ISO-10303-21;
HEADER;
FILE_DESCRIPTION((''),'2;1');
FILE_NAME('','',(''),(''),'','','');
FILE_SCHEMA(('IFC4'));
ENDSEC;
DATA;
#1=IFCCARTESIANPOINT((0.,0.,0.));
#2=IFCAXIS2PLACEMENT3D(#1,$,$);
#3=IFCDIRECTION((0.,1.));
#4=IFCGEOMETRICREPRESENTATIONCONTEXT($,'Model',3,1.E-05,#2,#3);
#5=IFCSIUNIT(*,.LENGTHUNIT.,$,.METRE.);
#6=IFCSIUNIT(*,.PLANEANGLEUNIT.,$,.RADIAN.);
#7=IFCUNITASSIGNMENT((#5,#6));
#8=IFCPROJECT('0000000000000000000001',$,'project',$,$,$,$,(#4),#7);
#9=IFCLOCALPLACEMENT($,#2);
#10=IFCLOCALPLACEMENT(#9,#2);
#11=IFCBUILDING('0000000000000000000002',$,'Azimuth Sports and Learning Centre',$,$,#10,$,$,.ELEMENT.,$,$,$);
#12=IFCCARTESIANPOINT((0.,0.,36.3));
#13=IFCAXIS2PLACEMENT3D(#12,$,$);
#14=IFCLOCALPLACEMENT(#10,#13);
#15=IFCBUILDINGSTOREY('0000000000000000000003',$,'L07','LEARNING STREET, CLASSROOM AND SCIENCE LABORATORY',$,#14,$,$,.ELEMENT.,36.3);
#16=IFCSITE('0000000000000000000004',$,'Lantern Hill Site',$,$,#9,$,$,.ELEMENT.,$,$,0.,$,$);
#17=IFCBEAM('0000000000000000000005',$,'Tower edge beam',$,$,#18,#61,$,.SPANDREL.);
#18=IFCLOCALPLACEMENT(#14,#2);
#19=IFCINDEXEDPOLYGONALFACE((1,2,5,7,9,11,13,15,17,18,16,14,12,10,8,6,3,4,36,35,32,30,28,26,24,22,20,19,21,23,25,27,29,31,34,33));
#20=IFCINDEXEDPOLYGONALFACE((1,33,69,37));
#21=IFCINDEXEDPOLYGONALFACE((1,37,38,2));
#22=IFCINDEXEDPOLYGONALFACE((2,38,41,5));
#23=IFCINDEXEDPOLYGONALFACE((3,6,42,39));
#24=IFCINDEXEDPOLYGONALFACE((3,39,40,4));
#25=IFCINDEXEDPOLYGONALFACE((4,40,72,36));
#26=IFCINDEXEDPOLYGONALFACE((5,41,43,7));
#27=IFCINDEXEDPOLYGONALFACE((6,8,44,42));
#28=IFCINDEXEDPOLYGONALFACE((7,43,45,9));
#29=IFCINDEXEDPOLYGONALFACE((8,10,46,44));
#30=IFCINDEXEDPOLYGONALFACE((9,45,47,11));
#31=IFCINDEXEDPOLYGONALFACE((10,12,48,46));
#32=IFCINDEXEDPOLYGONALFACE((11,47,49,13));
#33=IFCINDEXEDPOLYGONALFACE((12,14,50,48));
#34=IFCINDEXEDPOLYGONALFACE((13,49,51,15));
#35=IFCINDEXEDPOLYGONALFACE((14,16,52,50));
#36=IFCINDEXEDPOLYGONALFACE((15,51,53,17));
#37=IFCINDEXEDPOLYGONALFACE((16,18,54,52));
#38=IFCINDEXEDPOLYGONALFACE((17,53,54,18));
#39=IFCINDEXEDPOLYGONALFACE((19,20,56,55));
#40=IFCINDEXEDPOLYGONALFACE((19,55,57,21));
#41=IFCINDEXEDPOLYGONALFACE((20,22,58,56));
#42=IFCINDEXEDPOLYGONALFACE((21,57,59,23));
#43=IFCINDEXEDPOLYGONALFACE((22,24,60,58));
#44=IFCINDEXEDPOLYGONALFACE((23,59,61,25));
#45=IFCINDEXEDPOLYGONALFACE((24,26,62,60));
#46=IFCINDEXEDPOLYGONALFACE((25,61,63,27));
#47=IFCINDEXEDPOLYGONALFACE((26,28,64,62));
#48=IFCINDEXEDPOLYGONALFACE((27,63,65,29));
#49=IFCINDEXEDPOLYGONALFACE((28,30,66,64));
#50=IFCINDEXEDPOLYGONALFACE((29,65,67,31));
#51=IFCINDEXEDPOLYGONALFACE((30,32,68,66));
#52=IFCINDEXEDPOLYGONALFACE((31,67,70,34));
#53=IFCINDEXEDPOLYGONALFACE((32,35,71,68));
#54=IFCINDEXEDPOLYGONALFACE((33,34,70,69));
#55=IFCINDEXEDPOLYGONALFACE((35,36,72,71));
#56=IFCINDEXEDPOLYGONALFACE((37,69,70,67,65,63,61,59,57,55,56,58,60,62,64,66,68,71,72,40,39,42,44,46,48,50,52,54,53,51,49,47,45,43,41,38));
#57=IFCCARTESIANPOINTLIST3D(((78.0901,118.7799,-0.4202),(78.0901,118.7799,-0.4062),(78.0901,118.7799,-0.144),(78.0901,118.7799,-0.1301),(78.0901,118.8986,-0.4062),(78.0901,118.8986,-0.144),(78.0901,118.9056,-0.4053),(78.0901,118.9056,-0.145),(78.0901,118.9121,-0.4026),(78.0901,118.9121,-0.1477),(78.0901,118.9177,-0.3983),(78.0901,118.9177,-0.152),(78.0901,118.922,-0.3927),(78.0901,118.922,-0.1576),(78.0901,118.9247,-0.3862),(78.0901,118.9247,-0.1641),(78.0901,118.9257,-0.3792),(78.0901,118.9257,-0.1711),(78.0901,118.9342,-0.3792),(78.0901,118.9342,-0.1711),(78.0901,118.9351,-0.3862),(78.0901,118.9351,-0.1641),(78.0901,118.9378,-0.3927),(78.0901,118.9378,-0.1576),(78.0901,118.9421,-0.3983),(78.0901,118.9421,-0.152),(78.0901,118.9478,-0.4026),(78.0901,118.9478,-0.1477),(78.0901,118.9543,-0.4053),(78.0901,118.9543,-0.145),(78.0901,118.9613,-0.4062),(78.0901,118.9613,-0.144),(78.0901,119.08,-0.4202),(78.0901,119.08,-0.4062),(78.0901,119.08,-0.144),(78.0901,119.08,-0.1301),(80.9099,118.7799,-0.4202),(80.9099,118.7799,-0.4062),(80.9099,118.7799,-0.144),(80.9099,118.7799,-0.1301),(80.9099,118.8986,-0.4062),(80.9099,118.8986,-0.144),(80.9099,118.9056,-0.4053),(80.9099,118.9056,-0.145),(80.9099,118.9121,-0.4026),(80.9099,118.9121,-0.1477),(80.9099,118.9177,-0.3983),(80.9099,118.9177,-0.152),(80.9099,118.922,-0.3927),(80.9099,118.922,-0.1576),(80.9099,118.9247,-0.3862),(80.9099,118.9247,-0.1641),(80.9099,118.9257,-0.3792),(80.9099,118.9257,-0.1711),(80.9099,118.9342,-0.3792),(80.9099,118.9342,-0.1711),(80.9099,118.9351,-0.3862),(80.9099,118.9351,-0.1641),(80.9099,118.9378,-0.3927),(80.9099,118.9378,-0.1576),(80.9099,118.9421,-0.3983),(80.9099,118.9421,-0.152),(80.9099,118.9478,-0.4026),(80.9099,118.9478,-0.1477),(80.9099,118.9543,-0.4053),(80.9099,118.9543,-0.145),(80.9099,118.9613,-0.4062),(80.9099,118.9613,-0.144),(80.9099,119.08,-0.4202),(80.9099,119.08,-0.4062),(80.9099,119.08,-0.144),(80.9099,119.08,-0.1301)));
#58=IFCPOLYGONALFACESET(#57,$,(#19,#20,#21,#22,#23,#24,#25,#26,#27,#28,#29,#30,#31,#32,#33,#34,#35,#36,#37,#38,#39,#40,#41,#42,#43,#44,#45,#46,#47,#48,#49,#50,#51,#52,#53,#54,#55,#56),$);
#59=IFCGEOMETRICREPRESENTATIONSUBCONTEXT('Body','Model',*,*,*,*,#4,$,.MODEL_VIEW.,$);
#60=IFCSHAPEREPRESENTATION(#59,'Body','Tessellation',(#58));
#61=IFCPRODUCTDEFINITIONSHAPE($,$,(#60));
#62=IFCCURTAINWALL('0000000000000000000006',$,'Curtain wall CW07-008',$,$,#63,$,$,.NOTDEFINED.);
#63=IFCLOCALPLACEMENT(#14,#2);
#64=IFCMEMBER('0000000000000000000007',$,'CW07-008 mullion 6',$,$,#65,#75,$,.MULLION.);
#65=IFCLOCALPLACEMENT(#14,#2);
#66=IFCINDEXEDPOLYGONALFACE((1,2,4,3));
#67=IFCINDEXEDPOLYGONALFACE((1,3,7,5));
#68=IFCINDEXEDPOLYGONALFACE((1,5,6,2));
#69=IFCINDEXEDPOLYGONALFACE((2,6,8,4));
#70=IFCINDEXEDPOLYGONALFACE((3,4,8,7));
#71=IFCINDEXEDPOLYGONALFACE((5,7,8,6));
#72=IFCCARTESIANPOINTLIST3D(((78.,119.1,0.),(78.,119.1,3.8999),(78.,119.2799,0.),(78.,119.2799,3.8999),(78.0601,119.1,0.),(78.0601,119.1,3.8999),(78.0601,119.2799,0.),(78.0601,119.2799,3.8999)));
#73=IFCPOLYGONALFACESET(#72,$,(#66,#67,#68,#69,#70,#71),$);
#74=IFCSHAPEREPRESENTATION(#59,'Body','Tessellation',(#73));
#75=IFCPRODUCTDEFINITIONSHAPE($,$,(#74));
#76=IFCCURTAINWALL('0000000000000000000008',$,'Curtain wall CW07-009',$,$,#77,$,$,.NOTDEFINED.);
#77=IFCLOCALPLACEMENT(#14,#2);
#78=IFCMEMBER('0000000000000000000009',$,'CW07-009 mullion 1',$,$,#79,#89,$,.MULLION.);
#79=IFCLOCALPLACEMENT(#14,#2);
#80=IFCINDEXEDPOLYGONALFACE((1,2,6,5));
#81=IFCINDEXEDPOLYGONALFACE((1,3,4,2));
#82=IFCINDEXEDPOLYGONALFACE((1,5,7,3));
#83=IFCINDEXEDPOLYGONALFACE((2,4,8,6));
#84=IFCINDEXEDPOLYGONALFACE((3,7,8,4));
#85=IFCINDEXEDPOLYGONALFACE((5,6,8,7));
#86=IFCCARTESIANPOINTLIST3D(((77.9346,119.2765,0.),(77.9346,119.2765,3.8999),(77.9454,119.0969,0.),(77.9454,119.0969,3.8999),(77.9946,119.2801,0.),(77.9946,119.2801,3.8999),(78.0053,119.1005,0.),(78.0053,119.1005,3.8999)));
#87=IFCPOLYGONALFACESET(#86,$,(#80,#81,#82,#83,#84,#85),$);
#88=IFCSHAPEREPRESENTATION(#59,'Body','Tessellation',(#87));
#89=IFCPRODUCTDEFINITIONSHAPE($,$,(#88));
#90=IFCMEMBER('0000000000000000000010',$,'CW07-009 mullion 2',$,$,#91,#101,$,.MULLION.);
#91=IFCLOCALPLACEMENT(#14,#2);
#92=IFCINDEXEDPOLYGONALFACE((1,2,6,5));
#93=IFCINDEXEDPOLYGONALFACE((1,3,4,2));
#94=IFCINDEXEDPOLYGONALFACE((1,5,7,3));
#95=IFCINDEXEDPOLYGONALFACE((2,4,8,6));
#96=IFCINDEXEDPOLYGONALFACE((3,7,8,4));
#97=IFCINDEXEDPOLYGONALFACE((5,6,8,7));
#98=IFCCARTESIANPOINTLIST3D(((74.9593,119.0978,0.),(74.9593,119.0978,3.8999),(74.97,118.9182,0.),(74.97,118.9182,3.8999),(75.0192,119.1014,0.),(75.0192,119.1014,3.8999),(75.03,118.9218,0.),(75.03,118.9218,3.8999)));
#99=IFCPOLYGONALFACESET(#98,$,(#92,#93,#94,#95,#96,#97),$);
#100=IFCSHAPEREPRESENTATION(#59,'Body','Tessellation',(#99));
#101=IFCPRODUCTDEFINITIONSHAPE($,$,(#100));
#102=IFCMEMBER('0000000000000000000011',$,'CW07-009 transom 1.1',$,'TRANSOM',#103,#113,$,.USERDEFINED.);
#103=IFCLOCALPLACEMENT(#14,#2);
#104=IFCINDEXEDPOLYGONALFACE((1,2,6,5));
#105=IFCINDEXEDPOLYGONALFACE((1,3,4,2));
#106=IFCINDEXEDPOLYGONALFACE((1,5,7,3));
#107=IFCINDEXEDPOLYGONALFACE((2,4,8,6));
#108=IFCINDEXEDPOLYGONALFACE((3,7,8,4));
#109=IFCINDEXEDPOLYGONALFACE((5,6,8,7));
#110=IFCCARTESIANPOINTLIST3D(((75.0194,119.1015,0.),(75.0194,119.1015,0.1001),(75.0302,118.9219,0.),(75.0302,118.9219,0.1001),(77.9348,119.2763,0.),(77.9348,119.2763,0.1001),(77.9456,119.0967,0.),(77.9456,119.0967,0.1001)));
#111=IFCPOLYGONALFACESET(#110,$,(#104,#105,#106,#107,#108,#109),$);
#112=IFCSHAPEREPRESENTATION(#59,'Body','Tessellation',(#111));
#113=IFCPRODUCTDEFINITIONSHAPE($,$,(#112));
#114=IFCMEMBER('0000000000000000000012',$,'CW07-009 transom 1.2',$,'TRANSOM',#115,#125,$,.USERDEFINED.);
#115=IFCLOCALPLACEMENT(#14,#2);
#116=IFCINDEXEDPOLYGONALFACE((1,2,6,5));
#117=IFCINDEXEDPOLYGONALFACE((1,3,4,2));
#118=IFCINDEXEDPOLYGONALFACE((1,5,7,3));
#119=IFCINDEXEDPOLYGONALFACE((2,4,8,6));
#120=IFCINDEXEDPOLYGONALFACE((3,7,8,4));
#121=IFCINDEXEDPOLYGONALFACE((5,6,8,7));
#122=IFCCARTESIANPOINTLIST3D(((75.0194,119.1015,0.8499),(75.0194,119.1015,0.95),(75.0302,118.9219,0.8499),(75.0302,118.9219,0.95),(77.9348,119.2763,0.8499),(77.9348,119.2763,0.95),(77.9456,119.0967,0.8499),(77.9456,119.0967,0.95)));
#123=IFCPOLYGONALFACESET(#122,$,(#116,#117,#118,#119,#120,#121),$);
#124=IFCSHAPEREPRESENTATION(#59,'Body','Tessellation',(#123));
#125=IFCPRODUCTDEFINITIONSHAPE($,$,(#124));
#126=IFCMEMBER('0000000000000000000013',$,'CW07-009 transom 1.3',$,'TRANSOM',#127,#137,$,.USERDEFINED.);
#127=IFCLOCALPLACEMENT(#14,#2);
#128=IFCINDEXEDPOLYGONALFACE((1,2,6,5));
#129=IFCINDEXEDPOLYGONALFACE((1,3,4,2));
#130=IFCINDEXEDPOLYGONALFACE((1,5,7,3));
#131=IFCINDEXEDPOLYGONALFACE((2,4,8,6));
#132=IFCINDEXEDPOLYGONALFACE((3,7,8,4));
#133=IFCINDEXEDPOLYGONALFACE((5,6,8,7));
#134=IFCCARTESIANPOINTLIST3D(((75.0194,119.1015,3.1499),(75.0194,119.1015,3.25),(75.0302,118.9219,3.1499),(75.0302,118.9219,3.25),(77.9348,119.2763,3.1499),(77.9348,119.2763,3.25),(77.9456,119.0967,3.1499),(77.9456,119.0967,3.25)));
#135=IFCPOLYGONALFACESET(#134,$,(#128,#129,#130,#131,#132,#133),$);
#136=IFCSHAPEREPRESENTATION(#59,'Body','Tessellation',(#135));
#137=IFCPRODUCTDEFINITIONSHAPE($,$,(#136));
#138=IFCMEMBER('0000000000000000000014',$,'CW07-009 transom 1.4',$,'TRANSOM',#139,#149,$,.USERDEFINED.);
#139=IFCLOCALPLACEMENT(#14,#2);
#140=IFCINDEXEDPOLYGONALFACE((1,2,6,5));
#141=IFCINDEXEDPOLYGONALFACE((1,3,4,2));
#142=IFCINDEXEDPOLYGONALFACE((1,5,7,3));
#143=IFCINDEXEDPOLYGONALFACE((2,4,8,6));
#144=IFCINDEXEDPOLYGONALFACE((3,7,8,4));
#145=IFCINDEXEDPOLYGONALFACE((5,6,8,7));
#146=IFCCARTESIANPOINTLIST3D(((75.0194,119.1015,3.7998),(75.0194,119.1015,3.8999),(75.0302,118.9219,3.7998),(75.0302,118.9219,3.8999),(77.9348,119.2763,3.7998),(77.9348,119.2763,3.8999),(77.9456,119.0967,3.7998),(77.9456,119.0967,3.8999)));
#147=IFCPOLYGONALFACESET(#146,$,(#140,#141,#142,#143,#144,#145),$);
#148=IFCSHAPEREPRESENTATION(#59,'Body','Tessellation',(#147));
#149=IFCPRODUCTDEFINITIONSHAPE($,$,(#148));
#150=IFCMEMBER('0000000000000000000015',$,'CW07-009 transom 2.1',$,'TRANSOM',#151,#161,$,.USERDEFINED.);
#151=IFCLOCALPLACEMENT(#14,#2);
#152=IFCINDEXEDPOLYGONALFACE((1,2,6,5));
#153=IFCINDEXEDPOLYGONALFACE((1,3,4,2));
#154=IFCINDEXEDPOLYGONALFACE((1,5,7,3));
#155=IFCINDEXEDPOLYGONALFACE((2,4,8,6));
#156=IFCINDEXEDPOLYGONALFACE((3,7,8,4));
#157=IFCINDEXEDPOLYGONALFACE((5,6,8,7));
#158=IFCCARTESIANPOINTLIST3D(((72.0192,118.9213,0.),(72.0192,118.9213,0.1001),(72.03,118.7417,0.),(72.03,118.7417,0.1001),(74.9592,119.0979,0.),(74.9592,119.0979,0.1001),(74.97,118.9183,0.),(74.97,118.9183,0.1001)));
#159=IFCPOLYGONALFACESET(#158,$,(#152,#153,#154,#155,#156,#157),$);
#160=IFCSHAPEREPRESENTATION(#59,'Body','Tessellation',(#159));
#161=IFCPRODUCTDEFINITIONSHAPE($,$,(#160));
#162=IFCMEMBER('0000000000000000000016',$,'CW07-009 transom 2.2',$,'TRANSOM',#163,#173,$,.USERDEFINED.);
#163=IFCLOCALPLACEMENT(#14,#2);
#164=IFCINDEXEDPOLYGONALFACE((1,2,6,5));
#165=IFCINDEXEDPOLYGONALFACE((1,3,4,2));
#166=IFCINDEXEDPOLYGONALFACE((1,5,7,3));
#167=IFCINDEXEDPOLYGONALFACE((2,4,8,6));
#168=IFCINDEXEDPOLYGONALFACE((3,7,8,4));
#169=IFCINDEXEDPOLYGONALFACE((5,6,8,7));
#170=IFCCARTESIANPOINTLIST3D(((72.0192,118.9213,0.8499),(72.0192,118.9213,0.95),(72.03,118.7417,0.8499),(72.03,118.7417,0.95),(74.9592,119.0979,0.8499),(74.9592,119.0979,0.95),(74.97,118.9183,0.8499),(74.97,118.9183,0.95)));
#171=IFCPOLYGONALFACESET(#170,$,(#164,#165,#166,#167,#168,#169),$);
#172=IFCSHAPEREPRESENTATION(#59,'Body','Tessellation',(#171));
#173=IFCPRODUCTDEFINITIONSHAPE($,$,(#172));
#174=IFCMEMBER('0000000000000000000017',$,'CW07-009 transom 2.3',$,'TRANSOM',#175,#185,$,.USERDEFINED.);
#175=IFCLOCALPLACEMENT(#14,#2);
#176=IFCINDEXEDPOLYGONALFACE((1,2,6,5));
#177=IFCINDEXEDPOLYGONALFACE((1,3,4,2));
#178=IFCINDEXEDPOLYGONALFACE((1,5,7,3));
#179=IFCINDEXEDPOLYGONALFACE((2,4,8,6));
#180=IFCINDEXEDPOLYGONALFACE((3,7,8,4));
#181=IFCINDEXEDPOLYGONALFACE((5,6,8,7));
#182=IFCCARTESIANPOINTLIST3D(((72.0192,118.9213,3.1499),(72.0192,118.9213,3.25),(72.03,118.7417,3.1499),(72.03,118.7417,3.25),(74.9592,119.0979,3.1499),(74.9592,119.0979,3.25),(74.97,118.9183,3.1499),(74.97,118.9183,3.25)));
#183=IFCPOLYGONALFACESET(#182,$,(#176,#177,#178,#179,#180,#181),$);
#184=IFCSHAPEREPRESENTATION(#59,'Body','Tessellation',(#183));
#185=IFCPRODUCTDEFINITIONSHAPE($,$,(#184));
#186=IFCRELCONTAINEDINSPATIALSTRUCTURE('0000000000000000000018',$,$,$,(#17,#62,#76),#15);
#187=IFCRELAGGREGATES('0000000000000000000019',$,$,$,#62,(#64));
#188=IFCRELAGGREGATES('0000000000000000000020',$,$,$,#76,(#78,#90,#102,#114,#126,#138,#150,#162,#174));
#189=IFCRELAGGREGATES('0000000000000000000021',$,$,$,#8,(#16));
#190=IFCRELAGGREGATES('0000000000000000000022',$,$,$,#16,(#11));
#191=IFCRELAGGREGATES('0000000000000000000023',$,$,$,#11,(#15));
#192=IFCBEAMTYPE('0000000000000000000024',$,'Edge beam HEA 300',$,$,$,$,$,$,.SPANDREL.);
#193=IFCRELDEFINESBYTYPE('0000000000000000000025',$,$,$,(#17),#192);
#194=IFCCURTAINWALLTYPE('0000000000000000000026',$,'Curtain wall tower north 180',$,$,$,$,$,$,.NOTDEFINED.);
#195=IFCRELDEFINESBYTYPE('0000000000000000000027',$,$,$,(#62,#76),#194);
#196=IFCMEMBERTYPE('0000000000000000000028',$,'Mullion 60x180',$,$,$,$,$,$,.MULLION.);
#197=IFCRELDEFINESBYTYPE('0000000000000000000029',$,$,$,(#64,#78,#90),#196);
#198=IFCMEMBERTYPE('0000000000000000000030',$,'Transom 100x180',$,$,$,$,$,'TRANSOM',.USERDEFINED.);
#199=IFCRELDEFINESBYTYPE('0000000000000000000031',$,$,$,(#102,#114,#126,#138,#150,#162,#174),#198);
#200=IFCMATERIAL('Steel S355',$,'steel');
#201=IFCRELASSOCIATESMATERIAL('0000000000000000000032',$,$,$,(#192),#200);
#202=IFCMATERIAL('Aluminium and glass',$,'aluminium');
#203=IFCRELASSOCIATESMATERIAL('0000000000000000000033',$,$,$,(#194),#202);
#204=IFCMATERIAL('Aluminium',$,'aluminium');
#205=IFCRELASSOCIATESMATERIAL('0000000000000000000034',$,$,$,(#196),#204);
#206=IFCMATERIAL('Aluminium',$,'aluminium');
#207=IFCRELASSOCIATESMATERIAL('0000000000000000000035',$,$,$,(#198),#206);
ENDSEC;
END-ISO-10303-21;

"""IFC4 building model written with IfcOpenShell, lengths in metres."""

from ifc_helpers import new_model, si_unit, direction, frame, origin, origin_2d, place, context, subcontext, project, spatial, rectangle, i_section, extrude, material, material_profile, profile_set, type_object, element, aggregate, save


model = new_model("IFC4")

# Units and contexts
model_context = context("Model", 3, precision=1e-05, world=origin(), true_north=direction((0.0, 1.0)))
body_context = subcontext(model_context, "Body", "Model", "MODEL_VIEW")
ifc_project = project(units=[si_unit("LENGTHUNIT", "METRE"), si_unit("PLANEANGLEUNIT", "RADIAN")], contexts=[model_context])

# Site, building, storey
site_placement = place(None, origin())
site = spatial("IfcSite", under=ifc_project, at=site_placement, Name="Lantern Hill Site", CompositionType="ELEMENT", RefElevation=0.0)
building_placement = place(site_placement, origin())
building = spatial("IfcBuilding", under=site, at=building_placement, Name="Azimuth Sports and Learning Centre", CompositionType="ELEMENT")
storey_placement = place(building_placement, frame((0.0, 0.0, 36.3)))
storey = spatial("IfcBuildingStorey", under=building, at=storey_placement, Name="L07", Description="LEARNING STREET, CLASSROOM AND SCIENCE LABORATORY", CompositionType="ELEMENT", Elevation=36.3)

# Beam
ifc_material_1 = material(Name="Steel S355", Category="steel")
ifc_material_profile_1 = material_profile(ifc_material_1, i_section(OverallWidth=0.3, OverallDepth=0.29, WebThickness=0.0085, FlangeThickness=0.0139, FilletRadius=0.0271, at=origin_2d()), Name="HEA 300")
ifc_profile_set_1 = profile_set([ifc_material_profile_1], Name="Steel S355")
beam_type = type_object("IfcBeamType", Name="Edge beam HEA 300", PredefinedType="SPANDREL", material=ifc_profile_set_1)
beam_placement = place(storey_placement, frame((78.0901, 118.9299, -0.2751), z_axis=(1.0, 0.0, 0.0), x_axis=(0.0, 1.0, 0.0)))
element("IfcBeam", 1, at=beam_placement, inside=storey, type_object=beam_type, Name="Tower edge beam", PredefinedType="SPANDREL", context=body_context, shape_type="SweptSolid", body=[
    extrude(i_section(OverallWidth=0.3, OverallDepth=0.29, WebThickness=0.0085, FlangeThickness=0.0139, FilletRadius=0.0271, at=origin_2d()), origin(), (0.0, 0.0, 1.0), 2.8198),
])

# Curtain wall, member
ifc_material_2 = material(Name="Aluminium and glass", Category="aluminium")
curtain_wall_type = type_object("IfcCurtainWallType", Name="Curtain wall tower north 180", PredefinedType="NOTDEFINED", material=ifc_material_2)
curtain_wall_1_placement = place(storey_placement, origin())
curtain_wall_1 = element("IfcCurtainWall", 2, at=curtain_wall_1_placement, inside=storey, type_object=curtain_wall_type, Name="Curtain wall CW07-008", PredefinedType="NOTDEFINED")
ifc_material_3 = material(Name="Aluminium", Category="aluminium")
ifc_material_profile_2 = material_profile(ifc_material_3, rectangle(XDim=0.1799, YDim=0.0601, at=origin_2d()), Name="Mullion 60x180")
ifc_profile_set_2 = profile_set([ifc_material_profile_2], Name="Aluminium")
member_type_1 = type_object("IfcMemberType", Name="Mullion 60x180", PredefinedType="MULLION", material=ifc_profile_set_2)
member_1_placement = place(storey_placement, frame((78.03, 119.1899, 0.0), z_axis=(0.0, 0.0, 1.0), x_axis=(0.0, -1.0, 0.0)))
member_1 = element("IfcMember", 3, at=member_1_placement, type_object=member_type_1, Name="CW07-008 mullion 6", PredefinedType="MULLION", context=body_context, shape_type="SweptSolid", body=[
    extrude(rectangle(XDim=0.1799, YDim=0.0601, at=origin_2d()), origin(), (0.0, 0.0, 1.0), 3.8999),
])

# Curtain wall, members
curtain_wall_2_placement = place(storey_placement, origin())
curtain_wall_2 = element("IfcCurtainWall", 4, at=curtain_wall_2_placement, inside=storey, type_object=curtain_wall_type, Name="Curtain wall CW07-009", PredefinedType="NOTDEFINED")
member_2_placement = place(storey_placement, frame((77.97, 119.1885, 0.0), z_axis=(0.0, 0.0, 1.0), x_axis=(0.059892, -0.998205, 0.0)))
member_2 = element("IfcMember", 5, at=member_2_placement, type_object=member_type_1, Name="CW07-009 mullion 1", PredefinedType="MULLION", context=body_context, shape_type="SweptSolid", body=[
    extrude(rectangle(XDim=0.1799, YDim=0.0601, at=origin_2d()), origin(), (0.0, 0.0, 1.0), 3.8999),
])
member_3_placement = place(storey_placement, frame((74.9946, 119.0098, 0.0), z_axis=(0.0, 0.0, 1.0), x_axis=(0.059892, -0.998205, 0.0)))
member_3 = element("IfcMember", 6, at=member_3_placement, type_object=member_type_1, Name="CW07-009 mullion 2", PredefinedType="MULLION", context=body_context, shape_type="SweptSolid", body=[
    extrude(rectangle(XDim=0.1799, YDim=0.0601, at=origin_2d()), origin(), (0.0, 0.0, 1.0), 3.8999),
])
ifc_material_4 = material(Name="Aluminium", Category="aluminium")
ifc_material_profile_3 = material_profile(ifc_material_4, rectangle(XDim=0.1799, YDim=0.1001, at=origin_2d()), Name="Transom 100x180")
ifc_profile_set_3 = profile_set([ifc_material_profile_3], Name="Aluminium")
member_type_2 = type_object("IfcMemberType", Name="Transom 100x180", ElementType="TRANSOM", PredefinedType="USERDEFINED", material=ifc_profile_set_3)
member_4_placement = place(storey_placement, frame((77.9402, 119.1865, 0.05), z_axis=(-0.998207, -0.059849, 0.0), x_axis=(0.059849, -0.998207, 0.0)))
member_4 = element("IfcMember", 7, at=member_4_placement, type_object=member_type_2, Name="CW07-009 transom 1.1", ObjectType="TRANSOM", PredefinedType="USERDEFINED", context=body_context, shape_type="SweptSolid", body=[
    extrude(rectangle(XDim=0.1799, YDim=0.1001, at=origin_2d()), origin(), (0.0, 0.0, 1.0), 2.9207),
])
member_5_placement = place(storey_placement, frame((77.9402, 119.1865, 0.8999), z_axis=(-0.998207, -0.059849, 0.0), x_axis=(0.059849, -0.998207, 0.0)))
member_5 = element("IfcMember", 8, at=member_5_placement, type_object=member_type_2, Name="CW07-009 transom 1.2", ObjectType="TRANSOM", PredefinedType="USERDEFINED", context=body_context, shape_type="SweptSolid", body=[
    extrude(rectangle(XDim=0.1799, YDim=0.1001, at=origin_2d()), origin(), (0.0, 0.0, 1.0), 2.9207),
])
member_6_placement = place(storey_placement, frame((77.9402, 119.1865, 3.2), z_axis=(-0.998207, -0.059849, 0.0), x_axis=(0.059849, -0.998207, 0.0)))
member_6 = element("IfcMember", 9, at=member_6_placement, type_object=member_type_2, Name="CW07-009 transom 1.3", ObjectType="TRANSOM", PredefinedType="USERDEFINED", context=body_context, shape_type="SweptSolid", body=[
    extrude(rectangle(XDim=0.1799, YDim=0.1001, at=origin_2d()), origin(), (0.0, 0.0, 1.0), 2.9207),
])
member_7_placement = place(storey_placement, frame((77.9402, 119.1865, 3.8499), z_axis=(-0.998207, -0.059849, 0.0), x_axis=(0.059849, -0.998207, 0.0)))
member_7 = element("IfcMember", 10, at=member_7_placement, type_object=member_type_2, Name="CW07-009 transom 1.4", ObjectType="TRANSOM", PredefinedType="USERDEFINED", context=body_context, shape_type="SweptSolid", body=[
    extrude(rectangle(XDim=0.1799, YDim=0.1001, at=origin_2d()), origin(), (0.0, 0.0, 1.0), 2.9207),
])
member_8_placement = place(storey_placement, frame((74.9646, 119.0081, 0.05), z_axis=(-0.998202, -0.059932, 0.0), x_axis=(0.059932, -0.998202, 0.0)))
member_8 = element("IfcMember", 11, at=member_8_placement, type_object=member_type_2, Name="CW07-009 transom 2.1", ObjectType="TRANSOM", PredefinedType="USERDEFINED", context=body_context, shape_type="SweptSolid", body=[
    extrude(rectangle(XDim=0.1799, YDim=0.1001, at=origin_2d()), origin(), (0.0, 0.0, 1.0), 2.9453),
])
member_9_placement = place(storey_placement, frame((74.9646, 119.0081, 0.8999), z_axis=(-0.998202, -0.059932, 0.0), x_axis=(0.059932, -0.998202, 0.0)))
member_9 = element("IfcMember", 12, at=member_9_placement, type_object=member_type_2, Name="CW07-009 transom 2.2", ObjectType="TRANSOM", PredefinedType="USERDEFINED", context=body_context, shape_type="SweptSolid", body=[
    extrude(rectangle(XDim=0.1799, YDim=0.1001, at=origin_2d()), origin(), (0.0, 0.0, 1.0), 2.9453),
])
member_10_placement = place(storey_placement, frame((74.9646, 119.0081, 3.2), z_axis=(-0.998202, -0.059932, 0.0), x_axis=(0.059932, -0.998202, 0.0)))
member_10 = element("IfcMember", 13, at=member_10_placement, type_object=member_type_2, Name="CW07-009 transom 2.3", ObjectType="TRANSOM", PredefinedType="USERDEFINED", context=body_context, shape_type="SweptSolid", body=[
    extrude(rectangle(XDim=0.1799, YDim=0.1001, at=origin_2d()), origin(), (0.0, 0.0, 1.0), 2.9453),
])

aggregate(curtain_wall_1, [member_1])
aggregate(curtain_wall_2, [member_2, member_3, member_4, member_5, member_6, member_7, member_8, member_9, member_10])

save(model, "model.ifc")
